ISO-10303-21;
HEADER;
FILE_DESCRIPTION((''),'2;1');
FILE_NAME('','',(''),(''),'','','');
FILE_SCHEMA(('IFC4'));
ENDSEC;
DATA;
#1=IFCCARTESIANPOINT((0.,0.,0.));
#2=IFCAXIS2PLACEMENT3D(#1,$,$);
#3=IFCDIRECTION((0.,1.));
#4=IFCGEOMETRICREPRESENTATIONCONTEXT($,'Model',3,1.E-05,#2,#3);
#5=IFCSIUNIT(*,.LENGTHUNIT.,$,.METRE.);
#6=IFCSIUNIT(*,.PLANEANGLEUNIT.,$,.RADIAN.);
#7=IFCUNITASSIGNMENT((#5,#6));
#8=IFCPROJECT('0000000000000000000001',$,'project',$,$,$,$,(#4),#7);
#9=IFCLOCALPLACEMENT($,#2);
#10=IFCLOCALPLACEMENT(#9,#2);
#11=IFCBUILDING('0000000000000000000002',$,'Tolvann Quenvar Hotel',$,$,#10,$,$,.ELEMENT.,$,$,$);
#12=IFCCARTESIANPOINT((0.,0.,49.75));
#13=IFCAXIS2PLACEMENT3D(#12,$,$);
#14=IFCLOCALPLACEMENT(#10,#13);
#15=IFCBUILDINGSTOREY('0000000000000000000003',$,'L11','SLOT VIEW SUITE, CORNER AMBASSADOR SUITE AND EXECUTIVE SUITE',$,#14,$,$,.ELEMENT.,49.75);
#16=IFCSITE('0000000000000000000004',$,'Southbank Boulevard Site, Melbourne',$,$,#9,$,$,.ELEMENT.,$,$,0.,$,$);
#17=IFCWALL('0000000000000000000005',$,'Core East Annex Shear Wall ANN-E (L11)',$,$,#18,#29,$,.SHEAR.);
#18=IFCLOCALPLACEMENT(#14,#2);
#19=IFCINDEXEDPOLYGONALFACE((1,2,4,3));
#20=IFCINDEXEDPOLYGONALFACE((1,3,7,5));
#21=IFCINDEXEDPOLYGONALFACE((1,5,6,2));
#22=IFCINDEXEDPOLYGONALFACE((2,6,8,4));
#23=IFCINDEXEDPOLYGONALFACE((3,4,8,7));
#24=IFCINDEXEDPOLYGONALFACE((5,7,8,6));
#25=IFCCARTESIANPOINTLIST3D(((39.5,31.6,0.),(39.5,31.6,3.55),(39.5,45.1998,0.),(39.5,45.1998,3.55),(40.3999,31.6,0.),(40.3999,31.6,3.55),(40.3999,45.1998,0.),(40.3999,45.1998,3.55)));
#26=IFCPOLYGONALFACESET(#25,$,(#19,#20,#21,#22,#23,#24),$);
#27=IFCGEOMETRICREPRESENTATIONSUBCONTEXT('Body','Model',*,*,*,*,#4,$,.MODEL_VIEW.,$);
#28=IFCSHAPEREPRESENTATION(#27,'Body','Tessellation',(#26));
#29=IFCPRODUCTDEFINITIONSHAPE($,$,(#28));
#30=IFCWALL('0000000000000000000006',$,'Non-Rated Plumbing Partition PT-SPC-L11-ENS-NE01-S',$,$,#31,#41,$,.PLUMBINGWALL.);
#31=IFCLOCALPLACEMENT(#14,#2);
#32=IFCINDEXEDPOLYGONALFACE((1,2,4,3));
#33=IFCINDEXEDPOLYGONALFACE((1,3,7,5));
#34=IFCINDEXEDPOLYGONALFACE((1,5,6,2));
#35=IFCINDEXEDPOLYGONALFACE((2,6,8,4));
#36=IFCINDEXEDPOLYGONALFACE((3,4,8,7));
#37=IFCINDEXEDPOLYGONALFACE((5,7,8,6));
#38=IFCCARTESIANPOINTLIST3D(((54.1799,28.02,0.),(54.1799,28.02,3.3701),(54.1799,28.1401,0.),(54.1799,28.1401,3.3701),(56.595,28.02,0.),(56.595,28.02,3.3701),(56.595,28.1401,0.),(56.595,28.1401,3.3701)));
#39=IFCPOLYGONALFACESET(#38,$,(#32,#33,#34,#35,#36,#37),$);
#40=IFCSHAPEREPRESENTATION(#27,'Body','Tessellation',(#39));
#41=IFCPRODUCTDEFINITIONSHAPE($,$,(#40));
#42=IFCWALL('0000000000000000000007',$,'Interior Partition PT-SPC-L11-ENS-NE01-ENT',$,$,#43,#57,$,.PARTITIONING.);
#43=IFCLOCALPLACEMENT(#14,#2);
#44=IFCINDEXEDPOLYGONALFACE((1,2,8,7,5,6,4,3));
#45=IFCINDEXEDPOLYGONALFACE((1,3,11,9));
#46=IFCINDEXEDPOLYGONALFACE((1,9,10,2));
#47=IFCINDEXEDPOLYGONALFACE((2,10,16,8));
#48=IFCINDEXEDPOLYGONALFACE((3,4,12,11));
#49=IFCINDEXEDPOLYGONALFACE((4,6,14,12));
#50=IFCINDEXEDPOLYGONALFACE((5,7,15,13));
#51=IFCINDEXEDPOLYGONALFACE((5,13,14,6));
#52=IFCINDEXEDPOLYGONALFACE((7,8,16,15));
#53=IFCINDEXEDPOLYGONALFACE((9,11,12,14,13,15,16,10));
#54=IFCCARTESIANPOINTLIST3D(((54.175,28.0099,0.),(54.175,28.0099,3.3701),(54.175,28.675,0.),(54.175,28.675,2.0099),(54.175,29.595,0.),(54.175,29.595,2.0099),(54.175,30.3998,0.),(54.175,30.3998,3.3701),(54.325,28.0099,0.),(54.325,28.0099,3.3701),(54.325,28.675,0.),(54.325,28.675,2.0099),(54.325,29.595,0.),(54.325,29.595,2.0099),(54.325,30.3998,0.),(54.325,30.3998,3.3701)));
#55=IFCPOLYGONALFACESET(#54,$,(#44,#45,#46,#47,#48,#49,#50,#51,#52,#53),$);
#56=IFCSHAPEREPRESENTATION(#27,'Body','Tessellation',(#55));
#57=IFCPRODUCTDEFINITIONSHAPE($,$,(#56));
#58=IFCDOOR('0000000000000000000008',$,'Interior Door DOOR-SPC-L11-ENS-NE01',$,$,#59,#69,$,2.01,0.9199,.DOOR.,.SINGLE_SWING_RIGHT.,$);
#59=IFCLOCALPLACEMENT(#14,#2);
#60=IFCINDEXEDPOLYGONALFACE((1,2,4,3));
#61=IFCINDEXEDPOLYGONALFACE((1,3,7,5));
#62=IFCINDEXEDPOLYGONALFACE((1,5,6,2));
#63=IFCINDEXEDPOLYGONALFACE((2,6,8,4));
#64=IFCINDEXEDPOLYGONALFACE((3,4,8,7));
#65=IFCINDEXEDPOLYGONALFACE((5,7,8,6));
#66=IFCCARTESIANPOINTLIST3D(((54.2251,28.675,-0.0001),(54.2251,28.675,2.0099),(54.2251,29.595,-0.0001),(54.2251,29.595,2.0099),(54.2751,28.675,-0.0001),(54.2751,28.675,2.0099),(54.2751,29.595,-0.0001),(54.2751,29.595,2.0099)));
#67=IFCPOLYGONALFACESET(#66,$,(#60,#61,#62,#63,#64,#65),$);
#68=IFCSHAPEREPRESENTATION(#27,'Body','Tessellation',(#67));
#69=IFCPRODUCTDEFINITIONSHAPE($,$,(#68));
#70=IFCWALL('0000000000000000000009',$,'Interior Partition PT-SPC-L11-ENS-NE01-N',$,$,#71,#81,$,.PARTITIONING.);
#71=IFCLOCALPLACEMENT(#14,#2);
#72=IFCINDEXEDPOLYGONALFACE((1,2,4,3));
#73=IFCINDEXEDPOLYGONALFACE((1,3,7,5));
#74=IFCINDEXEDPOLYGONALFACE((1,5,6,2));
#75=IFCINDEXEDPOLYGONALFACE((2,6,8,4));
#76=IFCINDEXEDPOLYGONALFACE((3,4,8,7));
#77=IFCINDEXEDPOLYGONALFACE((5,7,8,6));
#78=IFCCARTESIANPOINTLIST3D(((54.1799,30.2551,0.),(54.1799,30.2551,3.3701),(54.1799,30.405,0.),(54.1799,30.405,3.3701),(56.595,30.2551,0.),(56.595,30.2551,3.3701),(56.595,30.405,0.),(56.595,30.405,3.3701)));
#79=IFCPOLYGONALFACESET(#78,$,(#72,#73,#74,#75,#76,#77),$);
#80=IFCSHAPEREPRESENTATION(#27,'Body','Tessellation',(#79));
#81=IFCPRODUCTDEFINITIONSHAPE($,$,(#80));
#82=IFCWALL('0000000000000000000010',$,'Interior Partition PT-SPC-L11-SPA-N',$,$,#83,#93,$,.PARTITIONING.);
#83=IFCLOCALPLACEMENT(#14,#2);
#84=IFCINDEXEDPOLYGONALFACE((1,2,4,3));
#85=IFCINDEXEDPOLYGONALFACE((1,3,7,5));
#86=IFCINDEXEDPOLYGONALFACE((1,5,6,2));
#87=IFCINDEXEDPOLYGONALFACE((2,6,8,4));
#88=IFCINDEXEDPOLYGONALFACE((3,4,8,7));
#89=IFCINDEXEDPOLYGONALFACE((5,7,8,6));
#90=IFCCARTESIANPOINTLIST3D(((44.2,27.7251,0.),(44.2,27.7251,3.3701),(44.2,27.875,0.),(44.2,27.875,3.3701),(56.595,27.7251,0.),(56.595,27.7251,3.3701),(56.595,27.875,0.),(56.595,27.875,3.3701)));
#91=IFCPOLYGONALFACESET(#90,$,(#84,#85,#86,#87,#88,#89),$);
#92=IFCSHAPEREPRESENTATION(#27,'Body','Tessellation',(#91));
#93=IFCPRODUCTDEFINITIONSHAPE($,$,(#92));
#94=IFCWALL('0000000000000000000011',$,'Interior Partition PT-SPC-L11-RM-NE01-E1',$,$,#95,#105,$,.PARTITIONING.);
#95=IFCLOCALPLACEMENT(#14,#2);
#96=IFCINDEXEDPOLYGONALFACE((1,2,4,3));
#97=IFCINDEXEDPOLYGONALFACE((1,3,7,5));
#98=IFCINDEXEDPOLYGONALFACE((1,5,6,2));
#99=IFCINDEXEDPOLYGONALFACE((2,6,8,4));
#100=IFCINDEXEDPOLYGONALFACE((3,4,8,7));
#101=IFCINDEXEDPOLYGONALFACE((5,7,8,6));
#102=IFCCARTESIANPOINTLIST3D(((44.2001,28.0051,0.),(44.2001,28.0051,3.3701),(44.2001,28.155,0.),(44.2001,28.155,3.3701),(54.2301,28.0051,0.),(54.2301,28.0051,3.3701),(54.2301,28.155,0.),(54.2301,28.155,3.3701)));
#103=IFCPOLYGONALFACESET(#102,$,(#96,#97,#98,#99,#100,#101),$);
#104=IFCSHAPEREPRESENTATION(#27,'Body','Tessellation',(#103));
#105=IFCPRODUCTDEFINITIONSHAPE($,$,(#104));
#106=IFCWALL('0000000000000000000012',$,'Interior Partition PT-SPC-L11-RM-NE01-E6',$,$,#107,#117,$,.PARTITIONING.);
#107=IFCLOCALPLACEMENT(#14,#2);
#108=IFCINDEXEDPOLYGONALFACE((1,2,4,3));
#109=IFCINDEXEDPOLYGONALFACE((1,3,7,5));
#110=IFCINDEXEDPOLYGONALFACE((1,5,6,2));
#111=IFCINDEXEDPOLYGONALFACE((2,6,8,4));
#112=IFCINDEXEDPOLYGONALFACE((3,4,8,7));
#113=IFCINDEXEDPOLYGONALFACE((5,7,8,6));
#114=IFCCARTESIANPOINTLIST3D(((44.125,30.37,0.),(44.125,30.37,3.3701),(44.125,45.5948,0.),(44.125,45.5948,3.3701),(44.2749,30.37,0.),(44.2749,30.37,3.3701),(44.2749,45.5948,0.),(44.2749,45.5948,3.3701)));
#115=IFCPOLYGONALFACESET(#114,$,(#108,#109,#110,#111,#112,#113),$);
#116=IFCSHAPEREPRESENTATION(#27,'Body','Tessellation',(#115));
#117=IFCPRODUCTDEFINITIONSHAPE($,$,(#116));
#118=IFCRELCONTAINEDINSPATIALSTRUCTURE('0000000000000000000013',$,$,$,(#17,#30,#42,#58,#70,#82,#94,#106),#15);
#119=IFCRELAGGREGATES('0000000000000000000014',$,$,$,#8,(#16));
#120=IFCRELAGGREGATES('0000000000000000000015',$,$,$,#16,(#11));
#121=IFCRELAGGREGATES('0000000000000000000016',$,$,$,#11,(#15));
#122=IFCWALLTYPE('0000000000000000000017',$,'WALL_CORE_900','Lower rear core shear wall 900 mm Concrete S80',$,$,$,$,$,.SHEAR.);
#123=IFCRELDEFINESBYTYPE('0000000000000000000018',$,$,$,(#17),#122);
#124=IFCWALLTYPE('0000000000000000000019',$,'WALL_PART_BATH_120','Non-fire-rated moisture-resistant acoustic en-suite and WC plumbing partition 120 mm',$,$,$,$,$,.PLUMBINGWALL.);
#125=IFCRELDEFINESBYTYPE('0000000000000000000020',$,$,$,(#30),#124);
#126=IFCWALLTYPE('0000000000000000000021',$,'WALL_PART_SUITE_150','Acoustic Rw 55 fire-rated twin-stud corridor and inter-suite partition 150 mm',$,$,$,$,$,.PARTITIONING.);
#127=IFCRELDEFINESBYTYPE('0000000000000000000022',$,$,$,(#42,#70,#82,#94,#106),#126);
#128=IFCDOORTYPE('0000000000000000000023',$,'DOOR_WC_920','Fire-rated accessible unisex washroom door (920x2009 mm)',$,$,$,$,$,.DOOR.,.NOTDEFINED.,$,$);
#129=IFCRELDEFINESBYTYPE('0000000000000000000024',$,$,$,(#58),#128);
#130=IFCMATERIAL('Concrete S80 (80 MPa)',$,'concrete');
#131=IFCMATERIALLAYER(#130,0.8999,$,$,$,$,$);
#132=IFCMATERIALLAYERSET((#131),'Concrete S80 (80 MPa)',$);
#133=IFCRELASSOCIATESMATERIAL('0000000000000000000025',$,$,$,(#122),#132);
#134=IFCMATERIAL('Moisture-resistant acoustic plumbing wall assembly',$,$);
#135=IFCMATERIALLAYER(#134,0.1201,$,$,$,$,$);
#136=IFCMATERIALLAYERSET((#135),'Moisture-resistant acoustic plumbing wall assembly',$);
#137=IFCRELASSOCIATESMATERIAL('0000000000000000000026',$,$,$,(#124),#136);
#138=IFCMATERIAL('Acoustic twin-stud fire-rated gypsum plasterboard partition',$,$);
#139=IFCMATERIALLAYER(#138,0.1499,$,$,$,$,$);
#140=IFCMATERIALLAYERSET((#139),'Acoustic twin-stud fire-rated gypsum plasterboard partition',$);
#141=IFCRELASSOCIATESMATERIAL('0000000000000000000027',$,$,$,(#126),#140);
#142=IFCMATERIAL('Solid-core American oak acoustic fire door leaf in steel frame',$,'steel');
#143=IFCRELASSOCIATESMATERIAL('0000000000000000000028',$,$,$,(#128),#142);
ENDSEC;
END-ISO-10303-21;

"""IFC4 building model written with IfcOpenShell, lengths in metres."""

from ifc_helpers import new_model, si_unit, direction, frame, frame_2d, origin, place, context, subcontext, project, spatial, rectangle, extrude, source, transform, mapped, material, layer, layer_set, type_object, type_shapes, element, fill, save


model = new_model("IFC4")

# Units and contexts
model_context = context("Model", 3, precision=1e-05, world=origin(), true_north=direction((0.0, 1.0)))
body_context = subcontext(model_context, "Body", "Model", "MODEL_VIEW")
ifc_project = project(units=[si_unit("LENGTHUNIT", "METRE"), si_unit("PLANEANGLEUNIT", "RADIAN")], contexts=[model_context])

# Site, building, storey
site_placement = place(None, origin())
site = spatial("IfcSite", under=ifc_project, at=site_placement, Name="Southbank Boulevard Site, Melbourne", CompositionType="ELEMENT", RefElevation=0.0)
building_placement = place(site_placement, origin())
building = spatial("IfcBuilding", under=site, at=building_placement, Name="Tolvann Quenvar Hotel", CompositionType="ELEMENT")
storey_placement = place(building_placement, frame((0.0, 0.0, 49.75)))
storey = spatial("IfcBuildingStorey", under=building, at=storey_placement, Name="L11", Description="SLOT VIEW SUITE, CORNER AMBASSADOR SUITE AND EXECUTIVE SUITE", CompositionType="ELEMENT", Elevation=49.75)

# Walls
ifc_material_1 = material(Name="Concrete S80 (80 MPa)", Category="concrete")
ifc_layer_1 = layer(ifc_material_1, 0.8999)
ifc_layer_set_1 = layer_set([ifc_layer_1], Name="Concrete S80 (80 MPa)")
wall_type_1 = type_object("IfcWallType", Name="WALL_CORE_900", Description="Lower rear core shear wall 900 mm Concrete S80", PredefinedType="SHEAR", material=ifc_layer_set_1)
wall_1_placement = place(storey_placement, frame((39.95, 31.6001, 0.0), z_axis=(0.0, 0.0, 1.0), x_axis=(0.0, 1.0, 0.0)))
element("IfcWall", 1, at=wall_1_placement, inside=storey, type_object=wall_type_1, Name="Core East Annex Shear Wall ANN-E (L11)", PredefinedType="SHEAR", context=body_context, shape_type="SweptSolid", body=[
    extrude(rectangle(XDim=13.5999, YDim=0.8999, at=frame_2d((6.7998, 0.0))), origin(), (0.0, 0.0, 1.0), 3.55),
])
ifc_material_2 = material(Name="Moisture-resistant acoustic plumbing wall assembly")
ifc_layer_2 = layer(ifc_material_2, 0.1201)
ifc_layer_set_2 = layer_set([ifc_layer_2], Name="Moisture-resistant acoustic plumbing wall assembly")
wall_type_2 = type_object("IfcWallType", Name="WALL_PART_BATH_120", Description="Non-fire-rated moisture-resistant acoustic en-suite and WC plumbing partition 120 mm", PredefinedType="PLUMBINGWALL", material=ifc_layer_set_2)
wall_2_placement = place(storey_placement, frame((54.1799, 28.0801, 0.0), z_axis=(0.0, 0.0, 1.0), x_axis=(1.0, 0.0, 0.0)))
element("IfcWall", 2, at=wall_2_placement, inside=storey, type_object=wall_type_2, Name="Non-Rated Plumbing Partition PT-SPC-L11-ENS-NE01-S", PredefinedType="PLUMBINGWALL", context=body_context, shape_type="SweptSolid", body=[
    extrude(rectangle(XDim=2.415, YDim=0.1201, at=frame_2d((1.2075, 0.0))), origin(), (0.0, 0.0, 1.0), 3.3701),
])

# Wall, opening, door
ifc_material_3 = material(Name="Acoustic twin-stud fire-rated gypsum plasterboard partition")
ifc_layer_3 = layer(ifc_material_3, 0.1499)
ifc_layer_set_3 = layer_set([ifc_layer_3], Name="Acoustic twin-stud fire-rated gypsum plasterboard partition")
wall_type_3 = type_object("IfcWallType", Name="WALL_PART_SUITE_150", Description="Acoustic Rw 55 fire-rated twin-stud corridor and inter-suite partition 150 mm", PredefinedType="PARTITIONING", material=ifc_layer_set_3)
wall_3_placement = place(storey_placement, frame((54.25, 28.01, 0.0), z_axis=(0.0, 0.0, 1.0), x_axis=(0.0, 1.0, 0.0)))
wall_3 = element("IfcWall", 3, at=wall_3_placement, inside=storey, type_object=wall_type_3, Name="Interior Partition PT-SPC-L11-ENS-NE01-ENT", PredefinedType="PARTITIONING", context=body_context, shape_type="SweptSolid", body=[
    extrude(rectangle(XDim=2.3899, YDim=0.1499, at=frame_2d((1.1948, 0.0))), origin(), (0.0, 0.0, 1.0), 3.3701),
])
opening_1_placement = place(wall_3_placement, frame((0.665, 0.0, 0.0)))
opening_1 = element("IfcOpeningElement", 4, at=opening_1_placement, cuts=wall_3, PredefinedType="OPENING", context=body_context, shape_type="SweptSolid", body=[
    extrude(rectangle(XDim=0.9199, YDim=2.01, at=frame_2d((0.46, 1.0049))), frame((0.0, 0.085, 0.0), z_axis=(0.0, -1.0, 0.0), x_axis=(1.0, 0.0, 0.0)), (0.0, 0.0, 1.0), 0.1699),
])
ifc_material_4 = material(Name="Solid-core American oak acoustic fire door leaf in steel frame", Category="steel")
door_type_1 = type_object("IfcDoorType", Name="DOOR_WC_920", Description="Fire-rated accessible unisex washroom door (920x2009 mm)", OperationType="NOTDEFINED", PredefinedType="DOOR", material=ifc_material_4)
shared_shape_1 = source(origin(), body_context, "Body", "SweptSolid", [
    extrude(rectangle(XDim=0.9199, YDim=2.01, at=frame_2d((0.46, 1.0049))), frame((0.0, 0.0249, 0.0), z_axis=(0.0, -1.0, 0.0), x_axis=(1.0, 0.0, 0.0)), (0.0, 0.0, 1.0), 0.05),
])
type_shapes(door_type_1, [shared_shape_1])
door_1_placement = place(opening_1_placement, origin())
door_1 = element("IfcDoor", 5, at=door_1_placement, inside=storey, type_object=door_type_1, Name="Interior Door DOOR-SPC-L11-ENS-NE01", OperationType="SINGLE_SWING_RIGHT", OverallHeight=2.01, OverallWidth=0.9199, PredefinedType="DOOR", context=body_context, shape_type="MappedRepresentation", body=[
    mapped(shared_shape_1, transform((0.0, 0.0, 0.0), x_axis=(1.0, 0.0, 0.0), y_axis=(0.0, 1.0, 0.0), z_axis=(0.0, 0.0, 1.0), scale=1.0)),
])
fill(opening_1, door_1)

# Walls
wall_4_placement = place(storey_placement, frame((54.1799, 30.3301, 0.0), z_axis=(0.0, 0.0, 1.0), x_axis=(1.0, 0.0, 0.0)))
element("IfcWall", 6, at=wall_4_placement, inside=storey, type_object=wall_type_3, Name="Interior Partition PT-SPC-L11-ENS-NE01-N", PredefinedType="PARTITIONING", context=body_context, shape_type="SweptSolid", body=[
    extrude(rectangle(XDim=2.415, YDim=0.1499, at=frame_2d((1.2075, 0.0))), origin(), (0.0, 0.0, 1.0), 3.3701),
])
wall_5_placement = place(storey_placement, frame((44.2, 27.8, 0.0), z_axis=(0.0, 0.0, 1.0), x_axis=(1.0, 0.0, 0.0)))
element("IfcWall", 7, at=wall_5_placement, inside=storey, type_object=wall_type_3, Name="Interior Partition PT-SPC-L11-SPA-N", PredefinedType="PARTITIONING", context=body_context, shape_type="SweptSolid", body=[
    extrude(rectangle(XDim=12.395, YDim=0.1499, at=frame_2d((6.1975, 0.0))), origin(), (0.0, 0.0, 1.0), 3.3701),
])

# Walls
wall_6_placement = place(storey_placement, frame((44.2, 28.0801, 0.0), z_axis=(0.0, 0.0, 1.0), x_axis=(1.0, 0.0, 0.0)))
element("IfcWall", 8, at=wall_6_placement, inside=storey, type_object=wall_type_3, Name="Interior Partition PT-SPC-L11-RM-NE01-E1", PredefinedType="PARTITIONING", context=body_context, shape_type="SweptSolid", body=[
    extrude(rectangle(XDim=10.03, YDim=0.1499, at=frame_2d((5.0151, 0.0))), origin(), (0.0, 0.0, 1.0), 3.3701),
])
wall_7_placement = place(storey_placement, frame((44.2, 30.3701, 0.0), z_axis=(0.0, 0.0, 1.0), x_axis=(0.0, 1.0, 0.0)))
element("IfcWall", 9, at=wall_7_placement, inside=storey, type_object=wall_type_3, Name="Interior Partition PT-SPC-L11-RM-NE01-E6", PredefinedType="PARTITIONING", context=body_context, shape_type="SweptSolid", body=[
    extrude(rectangle(XDim=15.2249, YDim=0.1499, at=frame_2d((7.6123, 0.0))), origin(), (0.0, 0.0, 1.0), 3.3701),
])

save(model, "model.ifc")
